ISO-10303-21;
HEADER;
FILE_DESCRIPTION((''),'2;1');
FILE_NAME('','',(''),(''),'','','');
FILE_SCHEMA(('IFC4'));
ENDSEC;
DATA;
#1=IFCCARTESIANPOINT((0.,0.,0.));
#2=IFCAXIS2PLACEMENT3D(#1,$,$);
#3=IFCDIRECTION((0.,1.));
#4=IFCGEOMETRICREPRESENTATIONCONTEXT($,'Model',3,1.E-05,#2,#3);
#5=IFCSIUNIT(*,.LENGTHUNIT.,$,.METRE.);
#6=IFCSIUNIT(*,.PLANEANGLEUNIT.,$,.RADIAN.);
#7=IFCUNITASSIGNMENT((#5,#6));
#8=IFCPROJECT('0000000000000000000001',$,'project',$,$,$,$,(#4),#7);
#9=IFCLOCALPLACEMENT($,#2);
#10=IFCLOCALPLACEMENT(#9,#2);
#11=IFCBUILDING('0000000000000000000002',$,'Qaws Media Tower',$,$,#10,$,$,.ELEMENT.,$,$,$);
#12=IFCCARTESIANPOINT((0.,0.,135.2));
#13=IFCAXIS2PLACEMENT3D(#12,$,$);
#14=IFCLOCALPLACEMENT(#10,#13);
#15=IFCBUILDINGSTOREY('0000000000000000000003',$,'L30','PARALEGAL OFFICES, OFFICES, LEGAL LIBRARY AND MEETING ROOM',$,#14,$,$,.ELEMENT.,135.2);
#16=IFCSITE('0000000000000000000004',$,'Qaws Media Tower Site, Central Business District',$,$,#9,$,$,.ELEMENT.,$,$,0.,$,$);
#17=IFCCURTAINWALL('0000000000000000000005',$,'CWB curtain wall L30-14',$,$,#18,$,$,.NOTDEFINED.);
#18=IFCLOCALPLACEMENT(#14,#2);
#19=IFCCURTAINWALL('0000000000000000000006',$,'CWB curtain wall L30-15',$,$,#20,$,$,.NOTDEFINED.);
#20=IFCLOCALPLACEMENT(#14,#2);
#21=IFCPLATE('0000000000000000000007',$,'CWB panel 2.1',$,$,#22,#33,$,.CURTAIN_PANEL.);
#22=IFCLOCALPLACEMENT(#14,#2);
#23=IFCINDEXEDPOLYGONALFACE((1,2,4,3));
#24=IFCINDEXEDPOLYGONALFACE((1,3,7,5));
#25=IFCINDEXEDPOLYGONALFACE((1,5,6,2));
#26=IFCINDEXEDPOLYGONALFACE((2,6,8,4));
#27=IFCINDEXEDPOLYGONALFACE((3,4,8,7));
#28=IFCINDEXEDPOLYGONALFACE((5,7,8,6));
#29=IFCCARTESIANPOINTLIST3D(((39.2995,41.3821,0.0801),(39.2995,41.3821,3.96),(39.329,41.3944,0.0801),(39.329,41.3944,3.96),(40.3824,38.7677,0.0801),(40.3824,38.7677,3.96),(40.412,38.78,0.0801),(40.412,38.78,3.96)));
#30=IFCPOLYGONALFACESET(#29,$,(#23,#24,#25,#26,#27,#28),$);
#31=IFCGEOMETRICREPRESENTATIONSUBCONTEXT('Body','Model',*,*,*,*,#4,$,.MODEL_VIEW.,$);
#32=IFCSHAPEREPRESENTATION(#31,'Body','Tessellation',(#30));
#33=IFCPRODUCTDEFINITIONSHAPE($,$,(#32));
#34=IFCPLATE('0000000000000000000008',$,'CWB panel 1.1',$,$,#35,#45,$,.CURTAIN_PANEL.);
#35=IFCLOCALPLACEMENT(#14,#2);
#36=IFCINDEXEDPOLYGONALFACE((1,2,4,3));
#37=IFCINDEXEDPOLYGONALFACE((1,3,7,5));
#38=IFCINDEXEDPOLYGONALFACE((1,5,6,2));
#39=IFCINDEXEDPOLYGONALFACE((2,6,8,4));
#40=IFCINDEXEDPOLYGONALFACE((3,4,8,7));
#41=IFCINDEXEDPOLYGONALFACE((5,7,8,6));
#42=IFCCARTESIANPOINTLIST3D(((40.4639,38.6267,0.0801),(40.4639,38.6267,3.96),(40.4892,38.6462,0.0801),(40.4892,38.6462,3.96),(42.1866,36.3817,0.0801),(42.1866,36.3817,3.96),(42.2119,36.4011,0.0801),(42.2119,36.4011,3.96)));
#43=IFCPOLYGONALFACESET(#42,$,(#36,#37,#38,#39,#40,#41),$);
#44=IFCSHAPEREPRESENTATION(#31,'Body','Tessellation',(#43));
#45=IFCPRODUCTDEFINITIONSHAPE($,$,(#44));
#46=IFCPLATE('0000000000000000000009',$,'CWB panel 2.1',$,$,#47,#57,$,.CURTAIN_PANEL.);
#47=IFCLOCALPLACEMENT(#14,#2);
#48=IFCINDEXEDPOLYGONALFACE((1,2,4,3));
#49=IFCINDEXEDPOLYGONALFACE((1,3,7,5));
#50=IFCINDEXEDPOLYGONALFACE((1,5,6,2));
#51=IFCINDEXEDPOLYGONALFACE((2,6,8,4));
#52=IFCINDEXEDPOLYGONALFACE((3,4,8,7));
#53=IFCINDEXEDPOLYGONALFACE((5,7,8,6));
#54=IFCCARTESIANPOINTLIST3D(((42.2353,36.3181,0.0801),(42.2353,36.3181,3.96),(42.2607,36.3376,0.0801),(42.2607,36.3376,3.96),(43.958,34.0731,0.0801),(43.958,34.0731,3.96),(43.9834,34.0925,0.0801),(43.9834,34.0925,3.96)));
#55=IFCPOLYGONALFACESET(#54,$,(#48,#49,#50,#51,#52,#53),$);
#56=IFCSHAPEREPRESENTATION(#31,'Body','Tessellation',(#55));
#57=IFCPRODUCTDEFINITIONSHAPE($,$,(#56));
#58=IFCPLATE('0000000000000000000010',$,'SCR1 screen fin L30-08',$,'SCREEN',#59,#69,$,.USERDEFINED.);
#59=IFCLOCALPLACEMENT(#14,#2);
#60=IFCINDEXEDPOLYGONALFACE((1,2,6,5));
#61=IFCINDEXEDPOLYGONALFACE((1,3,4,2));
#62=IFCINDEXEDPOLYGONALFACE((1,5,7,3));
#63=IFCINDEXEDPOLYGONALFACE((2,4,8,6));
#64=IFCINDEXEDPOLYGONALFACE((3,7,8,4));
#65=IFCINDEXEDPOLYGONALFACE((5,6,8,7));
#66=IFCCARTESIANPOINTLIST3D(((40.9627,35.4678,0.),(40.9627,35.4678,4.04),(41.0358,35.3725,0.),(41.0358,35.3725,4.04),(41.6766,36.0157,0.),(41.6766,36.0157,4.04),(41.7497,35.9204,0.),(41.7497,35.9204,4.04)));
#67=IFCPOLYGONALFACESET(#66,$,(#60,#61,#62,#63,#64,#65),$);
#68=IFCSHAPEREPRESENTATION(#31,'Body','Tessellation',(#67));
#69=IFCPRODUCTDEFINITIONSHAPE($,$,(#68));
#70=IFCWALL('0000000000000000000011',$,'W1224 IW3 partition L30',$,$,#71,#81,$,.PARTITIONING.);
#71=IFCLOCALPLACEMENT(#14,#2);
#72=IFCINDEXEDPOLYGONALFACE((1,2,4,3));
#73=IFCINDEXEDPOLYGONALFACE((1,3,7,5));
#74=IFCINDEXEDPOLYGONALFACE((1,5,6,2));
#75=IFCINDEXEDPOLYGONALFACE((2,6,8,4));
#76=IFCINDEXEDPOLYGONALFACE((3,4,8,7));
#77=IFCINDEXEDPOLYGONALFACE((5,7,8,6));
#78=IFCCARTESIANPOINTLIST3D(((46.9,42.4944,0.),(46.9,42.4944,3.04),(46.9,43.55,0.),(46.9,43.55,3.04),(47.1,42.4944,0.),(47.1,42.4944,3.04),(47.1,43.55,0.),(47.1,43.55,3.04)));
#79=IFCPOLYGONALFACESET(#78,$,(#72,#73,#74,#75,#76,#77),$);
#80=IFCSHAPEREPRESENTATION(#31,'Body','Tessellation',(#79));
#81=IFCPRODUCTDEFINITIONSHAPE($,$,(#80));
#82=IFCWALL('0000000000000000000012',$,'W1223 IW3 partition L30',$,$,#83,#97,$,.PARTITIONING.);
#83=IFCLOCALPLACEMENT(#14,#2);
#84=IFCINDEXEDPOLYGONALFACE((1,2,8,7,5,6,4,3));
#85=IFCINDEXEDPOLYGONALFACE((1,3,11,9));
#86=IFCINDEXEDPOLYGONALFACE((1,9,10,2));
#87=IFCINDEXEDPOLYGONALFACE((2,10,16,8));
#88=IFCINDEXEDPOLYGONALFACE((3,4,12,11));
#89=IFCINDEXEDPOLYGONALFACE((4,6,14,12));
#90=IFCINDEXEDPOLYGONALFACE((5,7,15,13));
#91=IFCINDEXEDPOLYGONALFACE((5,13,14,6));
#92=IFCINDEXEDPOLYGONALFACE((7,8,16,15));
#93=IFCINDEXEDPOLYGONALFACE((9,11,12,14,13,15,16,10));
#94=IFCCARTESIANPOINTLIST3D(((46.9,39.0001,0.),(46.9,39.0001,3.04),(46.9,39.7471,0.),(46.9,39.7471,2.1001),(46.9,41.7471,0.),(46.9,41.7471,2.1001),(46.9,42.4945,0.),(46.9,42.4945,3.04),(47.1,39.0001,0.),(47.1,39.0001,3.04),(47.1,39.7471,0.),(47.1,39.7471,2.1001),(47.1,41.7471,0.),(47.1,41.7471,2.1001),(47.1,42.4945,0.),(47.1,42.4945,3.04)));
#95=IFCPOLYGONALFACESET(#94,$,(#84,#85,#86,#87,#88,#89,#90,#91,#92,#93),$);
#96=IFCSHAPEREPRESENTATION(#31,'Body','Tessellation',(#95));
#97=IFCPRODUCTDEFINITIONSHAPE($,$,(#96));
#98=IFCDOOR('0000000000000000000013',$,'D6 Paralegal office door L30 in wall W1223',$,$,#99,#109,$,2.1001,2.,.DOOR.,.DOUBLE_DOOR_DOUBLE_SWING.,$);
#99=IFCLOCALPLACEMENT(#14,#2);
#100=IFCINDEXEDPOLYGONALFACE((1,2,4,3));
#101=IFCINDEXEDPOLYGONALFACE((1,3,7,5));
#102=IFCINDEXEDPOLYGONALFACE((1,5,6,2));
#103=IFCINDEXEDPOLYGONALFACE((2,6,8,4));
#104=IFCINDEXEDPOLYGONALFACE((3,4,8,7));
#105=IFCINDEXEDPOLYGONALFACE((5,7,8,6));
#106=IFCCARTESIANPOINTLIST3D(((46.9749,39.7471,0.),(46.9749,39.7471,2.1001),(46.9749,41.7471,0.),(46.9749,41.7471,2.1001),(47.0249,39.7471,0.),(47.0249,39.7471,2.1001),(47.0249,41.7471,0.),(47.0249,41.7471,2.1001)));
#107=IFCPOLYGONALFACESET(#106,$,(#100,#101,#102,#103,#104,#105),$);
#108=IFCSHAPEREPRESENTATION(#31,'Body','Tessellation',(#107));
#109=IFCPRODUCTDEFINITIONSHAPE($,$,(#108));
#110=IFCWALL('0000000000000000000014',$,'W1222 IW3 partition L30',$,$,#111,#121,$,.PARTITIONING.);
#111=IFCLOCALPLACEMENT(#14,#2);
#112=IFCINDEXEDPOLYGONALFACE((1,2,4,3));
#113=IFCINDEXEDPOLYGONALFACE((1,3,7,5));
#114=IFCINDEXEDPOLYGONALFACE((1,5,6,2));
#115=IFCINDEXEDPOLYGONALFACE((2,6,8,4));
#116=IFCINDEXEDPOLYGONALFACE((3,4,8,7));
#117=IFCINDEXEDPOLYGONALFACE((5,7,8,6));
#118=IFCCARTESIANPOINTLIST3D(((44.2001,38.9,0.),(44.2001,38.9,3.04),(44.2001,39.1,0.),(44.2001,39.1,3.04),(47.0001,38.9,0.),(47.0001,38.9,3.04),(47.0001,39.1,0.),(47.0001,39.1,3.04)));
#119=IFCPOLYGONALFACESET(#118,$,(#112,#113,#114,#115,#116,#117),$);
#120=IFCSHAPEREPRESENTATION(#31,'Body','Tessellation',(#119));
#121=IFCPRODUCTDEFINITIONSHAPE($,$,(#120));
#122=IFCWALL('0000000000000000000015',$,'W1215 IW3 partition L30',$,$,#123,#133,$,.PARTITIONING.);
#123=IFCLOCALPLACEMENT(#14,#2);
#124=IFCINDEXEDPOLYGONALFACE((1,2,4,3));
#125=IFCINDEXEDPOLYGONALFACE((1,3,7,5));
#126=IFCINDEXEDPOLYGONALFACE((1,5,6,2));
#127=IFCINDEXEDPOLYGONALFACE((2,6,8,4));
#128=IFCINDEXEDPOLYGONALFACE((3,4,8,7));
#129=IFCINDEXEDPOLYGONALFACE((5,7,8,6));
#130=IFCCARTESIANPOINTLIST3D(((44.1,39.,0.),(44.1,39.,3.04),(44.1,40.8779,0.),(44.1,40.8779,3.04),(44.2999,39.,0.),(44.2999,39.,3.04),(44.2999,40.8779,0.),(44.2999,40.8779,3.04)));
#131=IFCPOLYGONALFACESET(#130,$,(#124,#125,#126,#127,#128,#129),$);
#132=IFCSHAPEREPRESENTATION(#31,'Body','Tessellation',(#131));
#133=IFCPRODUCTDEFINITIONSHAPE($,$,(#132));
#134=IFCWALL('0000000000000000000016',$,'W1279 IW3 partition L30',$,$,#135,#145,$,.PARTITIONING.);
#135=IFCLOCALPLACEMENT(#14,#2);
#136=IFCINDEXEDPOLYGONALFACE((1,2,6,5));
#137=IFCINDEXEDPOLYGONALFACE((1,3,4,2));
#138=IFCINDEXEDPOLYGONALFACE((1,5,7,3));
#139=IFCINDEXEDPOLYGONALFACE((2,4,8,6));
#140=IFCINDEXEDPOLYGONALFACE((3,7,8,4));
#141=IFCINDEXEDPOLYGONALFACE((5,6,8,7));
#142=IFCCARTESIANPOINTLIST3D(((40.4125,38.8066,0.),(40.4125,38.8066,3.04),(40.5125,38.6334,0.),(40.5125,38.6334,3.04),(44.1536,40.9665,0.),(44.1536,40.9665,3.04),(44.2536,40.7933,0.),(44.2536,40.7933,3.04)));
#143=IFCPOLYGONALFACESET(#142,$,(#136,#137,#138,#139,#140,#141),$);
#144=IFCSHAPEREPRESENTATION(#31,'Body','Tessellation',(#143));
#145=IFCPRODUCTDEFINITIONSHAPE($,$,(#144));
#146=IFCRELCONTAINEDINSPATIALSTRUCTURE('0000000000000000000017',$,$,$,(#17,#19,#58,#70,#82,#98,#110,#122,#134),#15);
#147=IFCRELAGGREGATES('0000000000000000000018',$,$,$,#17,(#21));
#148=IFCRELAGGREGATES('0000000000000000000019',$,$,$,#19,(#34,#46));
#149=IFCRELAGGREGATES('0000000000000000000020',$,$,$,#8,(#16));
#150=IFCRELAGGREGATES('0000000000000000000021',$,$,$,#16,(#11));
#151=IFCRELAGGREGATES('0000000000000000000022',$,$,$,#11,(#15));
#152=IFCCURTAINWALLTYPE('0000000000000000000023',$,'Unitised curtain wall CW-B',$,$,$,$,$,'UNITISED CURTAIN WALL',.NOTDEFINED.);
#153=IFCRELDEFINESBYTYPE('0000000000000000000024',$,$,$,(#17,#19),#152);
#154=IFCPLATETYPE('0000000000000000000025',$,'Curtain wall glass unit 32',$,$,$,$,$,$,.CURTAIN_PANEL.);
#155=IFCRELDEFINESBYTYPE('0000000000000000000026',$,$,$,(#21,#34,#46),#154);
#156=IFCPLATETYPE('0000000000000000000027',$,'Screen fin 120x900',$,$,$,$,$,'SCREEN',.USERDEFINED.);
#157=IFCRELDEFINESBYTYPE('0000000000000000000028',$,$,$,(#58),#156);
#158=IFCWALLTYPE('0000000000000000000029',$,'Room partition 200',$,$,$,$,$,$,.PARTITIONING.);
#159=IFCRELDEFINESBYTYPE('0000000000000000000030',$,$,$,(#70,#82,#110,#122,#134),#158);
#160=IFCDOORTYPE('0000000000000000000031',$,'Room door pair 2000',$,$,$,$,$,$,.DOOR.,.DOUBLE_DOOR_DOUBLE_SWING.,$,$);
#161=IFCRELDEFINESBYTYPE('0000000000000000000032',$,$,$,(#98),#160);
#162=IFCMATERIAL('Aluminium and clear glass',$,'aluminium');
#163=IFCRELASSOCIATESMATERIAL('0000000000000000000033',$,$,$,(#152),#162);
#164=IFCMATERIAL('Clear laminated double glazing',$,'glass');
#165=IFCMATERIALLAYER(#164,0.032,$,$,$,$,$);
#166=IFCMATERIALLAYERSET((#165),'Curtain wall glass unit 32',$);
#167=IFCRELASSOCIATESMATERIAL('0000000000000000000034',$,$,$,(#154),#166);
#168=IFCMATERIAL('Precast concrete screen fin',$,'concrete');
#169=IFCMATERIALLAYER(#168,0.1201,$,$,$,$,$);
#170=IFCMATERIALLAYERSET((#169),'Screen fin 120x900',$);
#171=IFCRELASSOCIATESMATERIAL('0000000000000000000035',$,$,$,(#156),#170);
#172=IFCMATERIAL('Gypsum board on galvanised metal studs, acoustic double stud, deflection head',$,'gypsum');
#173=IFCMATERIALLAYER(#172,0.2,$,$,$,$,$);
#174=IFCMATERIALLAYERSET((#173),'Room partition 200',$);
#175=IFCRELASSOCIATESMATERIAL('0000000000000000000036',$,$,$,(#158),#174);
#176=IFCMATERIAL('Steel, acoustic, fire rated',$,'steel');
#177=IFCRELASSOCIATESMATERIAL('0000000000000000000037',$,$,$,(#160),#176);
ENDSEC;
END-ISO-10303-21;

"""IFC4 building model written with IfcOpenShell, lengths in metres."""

from ifc_helpers import new_model, si_unit, direction, frame, frame_2d, origin, origin_2d, place, context, subcontext, project, spatial, rectangle, extrude, material, layer, layer_set, type_object, element, fill, aggregate, save


model = new_model("IFC4")

# Units and contexts
model_context = context("Model", 3, precision=1e-05, world=origin(), true_north=direction((0.0, 1.0)))
body_context = subcontext(model_context, "Body", "Model", "MODEL_VIEW")
ifc_project = project(units=[si_unit("LENGTHUNIT", "METRE"), si_unit("PLANEANGLEUNIT", "RADIAN")], contexts=[model_context])

# Site, building, storey
site_placement = place(None, origin())
site = spatial("IfcSite", under=ifc_project, at=site_placement, Name="Qaws Media Tower Site, Central Business District", CompositionType="ELEMENT", RefElevation=0.0)
building_placement = place(site_placement, origin())
building = spatial("IfcBuilding", under=site, at=building_placement, Name="Qaws Media Tower", CompositionType="ELEMENT")
storey_placement = place(building_placement, frame((0.0, 0.0, 135.2)))
storey = spatial("IfcBuildingStorey", under=building, at=storey_placement, Name="L30", Description="PARALEGAL OFFICES, OFFICES, LEGAL LIBRARY AND MEETING ROOM", CompositionType="ELEMENT", Elevation=135.2)

# Curtain walls
ifc_material_1 = material(Name="Aluminium and clear glass", Category="aluminium")
curtain_wall_type = type_object("IfcCurtainWallType", Name="Unitised curtain wall CW-B", ElementType="UNITISED CURTAIN WALL", PredefinedType="NOTDEFINED", material=ifc_material_1)
curtain_wall_1_placement = place(storey_placement, origin())
curtain_wall_1 = element("IfcCurtainWall", 1, at=curtain_wall_1_placement, inside=storey, type_object=curtain_wall_type, Name="CWB curtain wall L30-14", PredefinedType="NOTDEFINED")
curtain_wall_2_placement = place(storey_placement, origin())
curtain_wall_2 = element("IfcCurtainWall", 2, at=curtain_wall_2_placement, inside=storey, type_object=curtain_wall_type, Name="CWB curtain wall L30-15", PredefinedType="NOTDEFINED")

# Plates
ifc_material_2 = material(Name="Clear laminated double glazing", Category="glass")
ifc_layer_1 = layer(ifc_material_2, 0.032)
ifc_layer_set_1 = layer_set([ifc_layer_1], Name="Curtain wall glass unit 32")
plate_type_1 = type_object("IfcPlateType", Name="Curtain wall glass unit 32", PredefinedType="CURTAIN_PANEL", material=ifc_layer_set_1)
plate_1_placement = place(storey_placement, frame((39.8557, 40.0811, 0.0801), z_axis=(0.0, 0.0, 1.0), x_axis=(0.382683, -0.92388, 0.0)))
plate_1 = element("IfcPlate", 3, at=plate_1_placement, type_object=plate_type_1, Name="CWB panel 2.1", PredefinedType="CURTAIN_PANEL", context=body_context, shape_type="SweptSolid", body=[
    extrude(rectangle(XDim=2.8298, YDim=0.032, at=origin_2d()), origin(), (0.0, 0.0, 1.0), 3.8799),
])
aggregate(curtain_wall_1, [plate_1])
plate_2_placement = place(storey_placement, frame((41.3379, 37.5139, 0.0801), z_axis=(0.0, 0.0, 1.0), x_axis=(0.608761, -0.793353, 0.0)))
plate_2 = element("IfcPlate", 4, at=plate_2_placement, type_object=plate_type_1, Name="CWB panel 1.1", PredefinedType="CURTAIN_PANEL", context=body_context, shape_type="SweptSolid", body=[
    extrude(rectangle(XDim=2.8298, YDim=0.032, at=origin_2d()), origin(), (0.0, 0.0, 1.0), 3.8799),
])
plate_3_placement = place(storey_placement, frame((43.1094, 35.2053, 0.0801), z_axis=(0.0, 0.0, 1.0), x_axis=(0.608761, -0.793353, 0.0)))
plate_3 = element("IfcPlate", 5, at=plate_3_placement, type_object=plate_type_1, Name="CWB panel 2.1", PredefinedType="CURTAIN_PANEL", context=body_context, shape_type="SweptSolid", body=[
    extrude(rectangle(XDim=2.8298, YDim=0.032, at=origin_2d()), origin(), (0.0, 0.0, 1.0), 3.8799),
])
aggregate(curtain_wall_2, [plate_2, plate_3])
ifc_material_3 = material(Name="Precast concrete screen fin", Category="concrete")
ifc_layer_2 = layer(ifc_material_3, 0.1201)
ifc_layer_set_2 = layer_set([ifc_layer_2], Name="Screen fin 120x900")
plate_type_2 = type_object("IfcPlateType", Name="Screen fin 120x900", ElementType="SCREEN", PredefinedType="USERDEFINED", material=ifc_layer_set_2)
plate_4_placement = place(storey_placement, frame((41.3562, 35.6941, 0.0), z_axis=(0.0, 0.0, 1.0), x_axis=(-0.793353, -0.608761, 0.0)))
element("IfcPlate", 6, at=plate_4_placement, inside=storey, type_object=plate_type_2, Name="SCR1 screen fin L30-08", ObjectType="SCREEN", PredefinedType="USERDEFINED", context=body_context, shape_type="SweptSolid", body=[
    extrude(rectangle(XDim=0.8999, YDim=0.1201, at=origin_2d()), origin(), (0.0, 0.0, 1.0), 4.04),
])

# Wall
ifc_material_4 = material(Name="Gypsum board on galvanised metal studs, acoustic double stud, deflection head", Category="gypsum")
ifc_layer_3 = layer(ifc_material_4, 0.2)
ifc_layer_set_3 = layer_set([ifc_layer_3], Name="Room partition 200")
wall_type = type_object("IfcWallType", Name="Room partition 200", PredefinedType="PARTITIONING", material=ifc_layer_set_3)
wall_1_placement = place(storey_placement, frame((47.0, 43.55, 0.0), z_axis=(0.0, 0.0, 1.0), x_axis=(0.0, -1.0, 0.0)))
element("IfcWall", 7, at=wall_1_placement, inside=storey, type_object=wall_type, Name="W1224 IW3 partition L30", PredefinedType="PARTITIONING", context=body_context, shape_type="SweptSolid", body=[
    extrude(rectangle(XDim=1.0557, YDim=0.2, at=frame_2d((0.5278, 0.0))), origin(), (0.0, 0.0, 1.0), 3.04),
])

# Wall, opening, door
wall_2_placement = place(storey_placement, frame((47.0, 42.4944, 0.0), z_axis=(0.0, 0.0, 1.0), x_axis=(0.0, -1.0, 0.0)))
wall_2 = element("IfcWall", 8, at=wall_2_placement, inside=storey, type_object=wall_type, Name="W1223 IW3 partition L30", PredefinedType="PARTITIONING", context=body_context, shape_type="SweptSolid", body=[
    extrude(rectangle(XDim=3.4944, YDim=0.2, at=frame_2d((1.7471, 0.0))), origin(), (0.0, 0.0, 1.0), 3.04),
])
opening_1_placement = place(wall_2_placement, frame((0.7473, 0.0, 0.0)))
opening_1 = element("IfcOpeningElement", 9, at=opening_1_placement, cuts=wall_2, PredefinedType="OPENING", context=body_context, shape_type="SweptSolid", body=[
    extrude(rectangle(XDim=2.0, YDim=2.1001, at=frame_2d((1.0, 1.05))), frame((0.0, 0.1099, 0.0), z_axis=(0.0, -1.0, 0.0), x_axis=(1.0, 0.0, 0.0)), (0.0, 0.0, 1.0), 0.22),
])
ifc_material_5 = material(Name="Steel, acoustic, fire rated", Category="steel")
door_type_1 = type_object("IfcDoorType", Name="Room door pair 2000", OperationType="DOUBLE_DOOR_DOUBLE_SWING", PredefinedType="DOOR", material=ifc_material_5)
door_1_placement = place(opening_1_placement, origin())
door_1 = element("IfcDoor", 10, at=door_1_placement, inside=storey, type_object=door_type_1, Name="D6 Paralegal office door L30 in wall W1223", OperationType="DOUBLE_DOOR_DOUBLE_SWING", OverallHeight=2.1001, OverallWidth=2.0, PredefinedType="DOOR", context=body_context, shape_type="SweptSolid", body=[
    extrude(rectangle(XDim=2.0, YDim=2.1001, at=frame_2d((1.0, 1.05))), frame((0.0, 0.0249, 0.0), z_axis=(0.0, -1.0, 0.0), x_axis=(1.0, 0.0, 0.0)), (0.0, 0.0, 1.0), 0.05),
])
fill(opening_1, door_1)

# Walls
wall_3_placement = place(storey_placement, frame((47.0, 39.0, 0.0), z_axis=(0.0, 0.0, 1.0), x_axis=(-1.0, 0.0, 0.0)))
element("IfcWall", 11, at=wall_3_placement, inside=storey, type_object=wall_type, Name="W1222 IW3 partition L30", PredefinedType="PARTITIONING", context=body_context, shape_type="SweptSolid", body=[
    extrude(rectangle(XDim=2.8, YDim=0.2, at=frame_2d((1.3999, 0.0))), origin(), (0.0, 0.0, 1.0), 3.04),
])
wall_4_placement = place(storey_placement, frame((44.2, 39.0, 0.0), z_axis=(0.0, 0.0, 1.0), x_axis=(0.0, 1.0, 0.0)))
element("IfcWall", 12, at=wall_4_placement, inside=storey, type_object=wall_type, Name="W1215 IW3 partition L30", PredefinedType="PARTITIONING", context=body_context, shape_type="SweptSolid", body=[
    extrude(rectangle(XDim=1.8779, YDim=0.2, at=frame_2d((0.939, 0.0))), origin(), (0.0, 0.0, 1.0), 3.04),
])

# Wall
wall_5_placement = place(storey_placement, frame((44.2036, 40.8799, 0.0), z_axis=(0.0, 0.0, 1.0), x_axis=(-0.866033, -0.499987, 0.0)))
element("IfcWall", 13, at=wall_5_placement, inside=storey, type_object=wall_type, Name="W1279 IW3 partition L30", PredefinedType="PARTITIONING", context=body_context, shape_type="SweptSolid", body=[
    extrude(rectangle(XDim=4.3198, YDim=0.2, at=frame_2d((2.1599, 0.0))), origin(), (0.0, 0.0, 1.0), 3.04),
])

save(model, "model.ifc")
